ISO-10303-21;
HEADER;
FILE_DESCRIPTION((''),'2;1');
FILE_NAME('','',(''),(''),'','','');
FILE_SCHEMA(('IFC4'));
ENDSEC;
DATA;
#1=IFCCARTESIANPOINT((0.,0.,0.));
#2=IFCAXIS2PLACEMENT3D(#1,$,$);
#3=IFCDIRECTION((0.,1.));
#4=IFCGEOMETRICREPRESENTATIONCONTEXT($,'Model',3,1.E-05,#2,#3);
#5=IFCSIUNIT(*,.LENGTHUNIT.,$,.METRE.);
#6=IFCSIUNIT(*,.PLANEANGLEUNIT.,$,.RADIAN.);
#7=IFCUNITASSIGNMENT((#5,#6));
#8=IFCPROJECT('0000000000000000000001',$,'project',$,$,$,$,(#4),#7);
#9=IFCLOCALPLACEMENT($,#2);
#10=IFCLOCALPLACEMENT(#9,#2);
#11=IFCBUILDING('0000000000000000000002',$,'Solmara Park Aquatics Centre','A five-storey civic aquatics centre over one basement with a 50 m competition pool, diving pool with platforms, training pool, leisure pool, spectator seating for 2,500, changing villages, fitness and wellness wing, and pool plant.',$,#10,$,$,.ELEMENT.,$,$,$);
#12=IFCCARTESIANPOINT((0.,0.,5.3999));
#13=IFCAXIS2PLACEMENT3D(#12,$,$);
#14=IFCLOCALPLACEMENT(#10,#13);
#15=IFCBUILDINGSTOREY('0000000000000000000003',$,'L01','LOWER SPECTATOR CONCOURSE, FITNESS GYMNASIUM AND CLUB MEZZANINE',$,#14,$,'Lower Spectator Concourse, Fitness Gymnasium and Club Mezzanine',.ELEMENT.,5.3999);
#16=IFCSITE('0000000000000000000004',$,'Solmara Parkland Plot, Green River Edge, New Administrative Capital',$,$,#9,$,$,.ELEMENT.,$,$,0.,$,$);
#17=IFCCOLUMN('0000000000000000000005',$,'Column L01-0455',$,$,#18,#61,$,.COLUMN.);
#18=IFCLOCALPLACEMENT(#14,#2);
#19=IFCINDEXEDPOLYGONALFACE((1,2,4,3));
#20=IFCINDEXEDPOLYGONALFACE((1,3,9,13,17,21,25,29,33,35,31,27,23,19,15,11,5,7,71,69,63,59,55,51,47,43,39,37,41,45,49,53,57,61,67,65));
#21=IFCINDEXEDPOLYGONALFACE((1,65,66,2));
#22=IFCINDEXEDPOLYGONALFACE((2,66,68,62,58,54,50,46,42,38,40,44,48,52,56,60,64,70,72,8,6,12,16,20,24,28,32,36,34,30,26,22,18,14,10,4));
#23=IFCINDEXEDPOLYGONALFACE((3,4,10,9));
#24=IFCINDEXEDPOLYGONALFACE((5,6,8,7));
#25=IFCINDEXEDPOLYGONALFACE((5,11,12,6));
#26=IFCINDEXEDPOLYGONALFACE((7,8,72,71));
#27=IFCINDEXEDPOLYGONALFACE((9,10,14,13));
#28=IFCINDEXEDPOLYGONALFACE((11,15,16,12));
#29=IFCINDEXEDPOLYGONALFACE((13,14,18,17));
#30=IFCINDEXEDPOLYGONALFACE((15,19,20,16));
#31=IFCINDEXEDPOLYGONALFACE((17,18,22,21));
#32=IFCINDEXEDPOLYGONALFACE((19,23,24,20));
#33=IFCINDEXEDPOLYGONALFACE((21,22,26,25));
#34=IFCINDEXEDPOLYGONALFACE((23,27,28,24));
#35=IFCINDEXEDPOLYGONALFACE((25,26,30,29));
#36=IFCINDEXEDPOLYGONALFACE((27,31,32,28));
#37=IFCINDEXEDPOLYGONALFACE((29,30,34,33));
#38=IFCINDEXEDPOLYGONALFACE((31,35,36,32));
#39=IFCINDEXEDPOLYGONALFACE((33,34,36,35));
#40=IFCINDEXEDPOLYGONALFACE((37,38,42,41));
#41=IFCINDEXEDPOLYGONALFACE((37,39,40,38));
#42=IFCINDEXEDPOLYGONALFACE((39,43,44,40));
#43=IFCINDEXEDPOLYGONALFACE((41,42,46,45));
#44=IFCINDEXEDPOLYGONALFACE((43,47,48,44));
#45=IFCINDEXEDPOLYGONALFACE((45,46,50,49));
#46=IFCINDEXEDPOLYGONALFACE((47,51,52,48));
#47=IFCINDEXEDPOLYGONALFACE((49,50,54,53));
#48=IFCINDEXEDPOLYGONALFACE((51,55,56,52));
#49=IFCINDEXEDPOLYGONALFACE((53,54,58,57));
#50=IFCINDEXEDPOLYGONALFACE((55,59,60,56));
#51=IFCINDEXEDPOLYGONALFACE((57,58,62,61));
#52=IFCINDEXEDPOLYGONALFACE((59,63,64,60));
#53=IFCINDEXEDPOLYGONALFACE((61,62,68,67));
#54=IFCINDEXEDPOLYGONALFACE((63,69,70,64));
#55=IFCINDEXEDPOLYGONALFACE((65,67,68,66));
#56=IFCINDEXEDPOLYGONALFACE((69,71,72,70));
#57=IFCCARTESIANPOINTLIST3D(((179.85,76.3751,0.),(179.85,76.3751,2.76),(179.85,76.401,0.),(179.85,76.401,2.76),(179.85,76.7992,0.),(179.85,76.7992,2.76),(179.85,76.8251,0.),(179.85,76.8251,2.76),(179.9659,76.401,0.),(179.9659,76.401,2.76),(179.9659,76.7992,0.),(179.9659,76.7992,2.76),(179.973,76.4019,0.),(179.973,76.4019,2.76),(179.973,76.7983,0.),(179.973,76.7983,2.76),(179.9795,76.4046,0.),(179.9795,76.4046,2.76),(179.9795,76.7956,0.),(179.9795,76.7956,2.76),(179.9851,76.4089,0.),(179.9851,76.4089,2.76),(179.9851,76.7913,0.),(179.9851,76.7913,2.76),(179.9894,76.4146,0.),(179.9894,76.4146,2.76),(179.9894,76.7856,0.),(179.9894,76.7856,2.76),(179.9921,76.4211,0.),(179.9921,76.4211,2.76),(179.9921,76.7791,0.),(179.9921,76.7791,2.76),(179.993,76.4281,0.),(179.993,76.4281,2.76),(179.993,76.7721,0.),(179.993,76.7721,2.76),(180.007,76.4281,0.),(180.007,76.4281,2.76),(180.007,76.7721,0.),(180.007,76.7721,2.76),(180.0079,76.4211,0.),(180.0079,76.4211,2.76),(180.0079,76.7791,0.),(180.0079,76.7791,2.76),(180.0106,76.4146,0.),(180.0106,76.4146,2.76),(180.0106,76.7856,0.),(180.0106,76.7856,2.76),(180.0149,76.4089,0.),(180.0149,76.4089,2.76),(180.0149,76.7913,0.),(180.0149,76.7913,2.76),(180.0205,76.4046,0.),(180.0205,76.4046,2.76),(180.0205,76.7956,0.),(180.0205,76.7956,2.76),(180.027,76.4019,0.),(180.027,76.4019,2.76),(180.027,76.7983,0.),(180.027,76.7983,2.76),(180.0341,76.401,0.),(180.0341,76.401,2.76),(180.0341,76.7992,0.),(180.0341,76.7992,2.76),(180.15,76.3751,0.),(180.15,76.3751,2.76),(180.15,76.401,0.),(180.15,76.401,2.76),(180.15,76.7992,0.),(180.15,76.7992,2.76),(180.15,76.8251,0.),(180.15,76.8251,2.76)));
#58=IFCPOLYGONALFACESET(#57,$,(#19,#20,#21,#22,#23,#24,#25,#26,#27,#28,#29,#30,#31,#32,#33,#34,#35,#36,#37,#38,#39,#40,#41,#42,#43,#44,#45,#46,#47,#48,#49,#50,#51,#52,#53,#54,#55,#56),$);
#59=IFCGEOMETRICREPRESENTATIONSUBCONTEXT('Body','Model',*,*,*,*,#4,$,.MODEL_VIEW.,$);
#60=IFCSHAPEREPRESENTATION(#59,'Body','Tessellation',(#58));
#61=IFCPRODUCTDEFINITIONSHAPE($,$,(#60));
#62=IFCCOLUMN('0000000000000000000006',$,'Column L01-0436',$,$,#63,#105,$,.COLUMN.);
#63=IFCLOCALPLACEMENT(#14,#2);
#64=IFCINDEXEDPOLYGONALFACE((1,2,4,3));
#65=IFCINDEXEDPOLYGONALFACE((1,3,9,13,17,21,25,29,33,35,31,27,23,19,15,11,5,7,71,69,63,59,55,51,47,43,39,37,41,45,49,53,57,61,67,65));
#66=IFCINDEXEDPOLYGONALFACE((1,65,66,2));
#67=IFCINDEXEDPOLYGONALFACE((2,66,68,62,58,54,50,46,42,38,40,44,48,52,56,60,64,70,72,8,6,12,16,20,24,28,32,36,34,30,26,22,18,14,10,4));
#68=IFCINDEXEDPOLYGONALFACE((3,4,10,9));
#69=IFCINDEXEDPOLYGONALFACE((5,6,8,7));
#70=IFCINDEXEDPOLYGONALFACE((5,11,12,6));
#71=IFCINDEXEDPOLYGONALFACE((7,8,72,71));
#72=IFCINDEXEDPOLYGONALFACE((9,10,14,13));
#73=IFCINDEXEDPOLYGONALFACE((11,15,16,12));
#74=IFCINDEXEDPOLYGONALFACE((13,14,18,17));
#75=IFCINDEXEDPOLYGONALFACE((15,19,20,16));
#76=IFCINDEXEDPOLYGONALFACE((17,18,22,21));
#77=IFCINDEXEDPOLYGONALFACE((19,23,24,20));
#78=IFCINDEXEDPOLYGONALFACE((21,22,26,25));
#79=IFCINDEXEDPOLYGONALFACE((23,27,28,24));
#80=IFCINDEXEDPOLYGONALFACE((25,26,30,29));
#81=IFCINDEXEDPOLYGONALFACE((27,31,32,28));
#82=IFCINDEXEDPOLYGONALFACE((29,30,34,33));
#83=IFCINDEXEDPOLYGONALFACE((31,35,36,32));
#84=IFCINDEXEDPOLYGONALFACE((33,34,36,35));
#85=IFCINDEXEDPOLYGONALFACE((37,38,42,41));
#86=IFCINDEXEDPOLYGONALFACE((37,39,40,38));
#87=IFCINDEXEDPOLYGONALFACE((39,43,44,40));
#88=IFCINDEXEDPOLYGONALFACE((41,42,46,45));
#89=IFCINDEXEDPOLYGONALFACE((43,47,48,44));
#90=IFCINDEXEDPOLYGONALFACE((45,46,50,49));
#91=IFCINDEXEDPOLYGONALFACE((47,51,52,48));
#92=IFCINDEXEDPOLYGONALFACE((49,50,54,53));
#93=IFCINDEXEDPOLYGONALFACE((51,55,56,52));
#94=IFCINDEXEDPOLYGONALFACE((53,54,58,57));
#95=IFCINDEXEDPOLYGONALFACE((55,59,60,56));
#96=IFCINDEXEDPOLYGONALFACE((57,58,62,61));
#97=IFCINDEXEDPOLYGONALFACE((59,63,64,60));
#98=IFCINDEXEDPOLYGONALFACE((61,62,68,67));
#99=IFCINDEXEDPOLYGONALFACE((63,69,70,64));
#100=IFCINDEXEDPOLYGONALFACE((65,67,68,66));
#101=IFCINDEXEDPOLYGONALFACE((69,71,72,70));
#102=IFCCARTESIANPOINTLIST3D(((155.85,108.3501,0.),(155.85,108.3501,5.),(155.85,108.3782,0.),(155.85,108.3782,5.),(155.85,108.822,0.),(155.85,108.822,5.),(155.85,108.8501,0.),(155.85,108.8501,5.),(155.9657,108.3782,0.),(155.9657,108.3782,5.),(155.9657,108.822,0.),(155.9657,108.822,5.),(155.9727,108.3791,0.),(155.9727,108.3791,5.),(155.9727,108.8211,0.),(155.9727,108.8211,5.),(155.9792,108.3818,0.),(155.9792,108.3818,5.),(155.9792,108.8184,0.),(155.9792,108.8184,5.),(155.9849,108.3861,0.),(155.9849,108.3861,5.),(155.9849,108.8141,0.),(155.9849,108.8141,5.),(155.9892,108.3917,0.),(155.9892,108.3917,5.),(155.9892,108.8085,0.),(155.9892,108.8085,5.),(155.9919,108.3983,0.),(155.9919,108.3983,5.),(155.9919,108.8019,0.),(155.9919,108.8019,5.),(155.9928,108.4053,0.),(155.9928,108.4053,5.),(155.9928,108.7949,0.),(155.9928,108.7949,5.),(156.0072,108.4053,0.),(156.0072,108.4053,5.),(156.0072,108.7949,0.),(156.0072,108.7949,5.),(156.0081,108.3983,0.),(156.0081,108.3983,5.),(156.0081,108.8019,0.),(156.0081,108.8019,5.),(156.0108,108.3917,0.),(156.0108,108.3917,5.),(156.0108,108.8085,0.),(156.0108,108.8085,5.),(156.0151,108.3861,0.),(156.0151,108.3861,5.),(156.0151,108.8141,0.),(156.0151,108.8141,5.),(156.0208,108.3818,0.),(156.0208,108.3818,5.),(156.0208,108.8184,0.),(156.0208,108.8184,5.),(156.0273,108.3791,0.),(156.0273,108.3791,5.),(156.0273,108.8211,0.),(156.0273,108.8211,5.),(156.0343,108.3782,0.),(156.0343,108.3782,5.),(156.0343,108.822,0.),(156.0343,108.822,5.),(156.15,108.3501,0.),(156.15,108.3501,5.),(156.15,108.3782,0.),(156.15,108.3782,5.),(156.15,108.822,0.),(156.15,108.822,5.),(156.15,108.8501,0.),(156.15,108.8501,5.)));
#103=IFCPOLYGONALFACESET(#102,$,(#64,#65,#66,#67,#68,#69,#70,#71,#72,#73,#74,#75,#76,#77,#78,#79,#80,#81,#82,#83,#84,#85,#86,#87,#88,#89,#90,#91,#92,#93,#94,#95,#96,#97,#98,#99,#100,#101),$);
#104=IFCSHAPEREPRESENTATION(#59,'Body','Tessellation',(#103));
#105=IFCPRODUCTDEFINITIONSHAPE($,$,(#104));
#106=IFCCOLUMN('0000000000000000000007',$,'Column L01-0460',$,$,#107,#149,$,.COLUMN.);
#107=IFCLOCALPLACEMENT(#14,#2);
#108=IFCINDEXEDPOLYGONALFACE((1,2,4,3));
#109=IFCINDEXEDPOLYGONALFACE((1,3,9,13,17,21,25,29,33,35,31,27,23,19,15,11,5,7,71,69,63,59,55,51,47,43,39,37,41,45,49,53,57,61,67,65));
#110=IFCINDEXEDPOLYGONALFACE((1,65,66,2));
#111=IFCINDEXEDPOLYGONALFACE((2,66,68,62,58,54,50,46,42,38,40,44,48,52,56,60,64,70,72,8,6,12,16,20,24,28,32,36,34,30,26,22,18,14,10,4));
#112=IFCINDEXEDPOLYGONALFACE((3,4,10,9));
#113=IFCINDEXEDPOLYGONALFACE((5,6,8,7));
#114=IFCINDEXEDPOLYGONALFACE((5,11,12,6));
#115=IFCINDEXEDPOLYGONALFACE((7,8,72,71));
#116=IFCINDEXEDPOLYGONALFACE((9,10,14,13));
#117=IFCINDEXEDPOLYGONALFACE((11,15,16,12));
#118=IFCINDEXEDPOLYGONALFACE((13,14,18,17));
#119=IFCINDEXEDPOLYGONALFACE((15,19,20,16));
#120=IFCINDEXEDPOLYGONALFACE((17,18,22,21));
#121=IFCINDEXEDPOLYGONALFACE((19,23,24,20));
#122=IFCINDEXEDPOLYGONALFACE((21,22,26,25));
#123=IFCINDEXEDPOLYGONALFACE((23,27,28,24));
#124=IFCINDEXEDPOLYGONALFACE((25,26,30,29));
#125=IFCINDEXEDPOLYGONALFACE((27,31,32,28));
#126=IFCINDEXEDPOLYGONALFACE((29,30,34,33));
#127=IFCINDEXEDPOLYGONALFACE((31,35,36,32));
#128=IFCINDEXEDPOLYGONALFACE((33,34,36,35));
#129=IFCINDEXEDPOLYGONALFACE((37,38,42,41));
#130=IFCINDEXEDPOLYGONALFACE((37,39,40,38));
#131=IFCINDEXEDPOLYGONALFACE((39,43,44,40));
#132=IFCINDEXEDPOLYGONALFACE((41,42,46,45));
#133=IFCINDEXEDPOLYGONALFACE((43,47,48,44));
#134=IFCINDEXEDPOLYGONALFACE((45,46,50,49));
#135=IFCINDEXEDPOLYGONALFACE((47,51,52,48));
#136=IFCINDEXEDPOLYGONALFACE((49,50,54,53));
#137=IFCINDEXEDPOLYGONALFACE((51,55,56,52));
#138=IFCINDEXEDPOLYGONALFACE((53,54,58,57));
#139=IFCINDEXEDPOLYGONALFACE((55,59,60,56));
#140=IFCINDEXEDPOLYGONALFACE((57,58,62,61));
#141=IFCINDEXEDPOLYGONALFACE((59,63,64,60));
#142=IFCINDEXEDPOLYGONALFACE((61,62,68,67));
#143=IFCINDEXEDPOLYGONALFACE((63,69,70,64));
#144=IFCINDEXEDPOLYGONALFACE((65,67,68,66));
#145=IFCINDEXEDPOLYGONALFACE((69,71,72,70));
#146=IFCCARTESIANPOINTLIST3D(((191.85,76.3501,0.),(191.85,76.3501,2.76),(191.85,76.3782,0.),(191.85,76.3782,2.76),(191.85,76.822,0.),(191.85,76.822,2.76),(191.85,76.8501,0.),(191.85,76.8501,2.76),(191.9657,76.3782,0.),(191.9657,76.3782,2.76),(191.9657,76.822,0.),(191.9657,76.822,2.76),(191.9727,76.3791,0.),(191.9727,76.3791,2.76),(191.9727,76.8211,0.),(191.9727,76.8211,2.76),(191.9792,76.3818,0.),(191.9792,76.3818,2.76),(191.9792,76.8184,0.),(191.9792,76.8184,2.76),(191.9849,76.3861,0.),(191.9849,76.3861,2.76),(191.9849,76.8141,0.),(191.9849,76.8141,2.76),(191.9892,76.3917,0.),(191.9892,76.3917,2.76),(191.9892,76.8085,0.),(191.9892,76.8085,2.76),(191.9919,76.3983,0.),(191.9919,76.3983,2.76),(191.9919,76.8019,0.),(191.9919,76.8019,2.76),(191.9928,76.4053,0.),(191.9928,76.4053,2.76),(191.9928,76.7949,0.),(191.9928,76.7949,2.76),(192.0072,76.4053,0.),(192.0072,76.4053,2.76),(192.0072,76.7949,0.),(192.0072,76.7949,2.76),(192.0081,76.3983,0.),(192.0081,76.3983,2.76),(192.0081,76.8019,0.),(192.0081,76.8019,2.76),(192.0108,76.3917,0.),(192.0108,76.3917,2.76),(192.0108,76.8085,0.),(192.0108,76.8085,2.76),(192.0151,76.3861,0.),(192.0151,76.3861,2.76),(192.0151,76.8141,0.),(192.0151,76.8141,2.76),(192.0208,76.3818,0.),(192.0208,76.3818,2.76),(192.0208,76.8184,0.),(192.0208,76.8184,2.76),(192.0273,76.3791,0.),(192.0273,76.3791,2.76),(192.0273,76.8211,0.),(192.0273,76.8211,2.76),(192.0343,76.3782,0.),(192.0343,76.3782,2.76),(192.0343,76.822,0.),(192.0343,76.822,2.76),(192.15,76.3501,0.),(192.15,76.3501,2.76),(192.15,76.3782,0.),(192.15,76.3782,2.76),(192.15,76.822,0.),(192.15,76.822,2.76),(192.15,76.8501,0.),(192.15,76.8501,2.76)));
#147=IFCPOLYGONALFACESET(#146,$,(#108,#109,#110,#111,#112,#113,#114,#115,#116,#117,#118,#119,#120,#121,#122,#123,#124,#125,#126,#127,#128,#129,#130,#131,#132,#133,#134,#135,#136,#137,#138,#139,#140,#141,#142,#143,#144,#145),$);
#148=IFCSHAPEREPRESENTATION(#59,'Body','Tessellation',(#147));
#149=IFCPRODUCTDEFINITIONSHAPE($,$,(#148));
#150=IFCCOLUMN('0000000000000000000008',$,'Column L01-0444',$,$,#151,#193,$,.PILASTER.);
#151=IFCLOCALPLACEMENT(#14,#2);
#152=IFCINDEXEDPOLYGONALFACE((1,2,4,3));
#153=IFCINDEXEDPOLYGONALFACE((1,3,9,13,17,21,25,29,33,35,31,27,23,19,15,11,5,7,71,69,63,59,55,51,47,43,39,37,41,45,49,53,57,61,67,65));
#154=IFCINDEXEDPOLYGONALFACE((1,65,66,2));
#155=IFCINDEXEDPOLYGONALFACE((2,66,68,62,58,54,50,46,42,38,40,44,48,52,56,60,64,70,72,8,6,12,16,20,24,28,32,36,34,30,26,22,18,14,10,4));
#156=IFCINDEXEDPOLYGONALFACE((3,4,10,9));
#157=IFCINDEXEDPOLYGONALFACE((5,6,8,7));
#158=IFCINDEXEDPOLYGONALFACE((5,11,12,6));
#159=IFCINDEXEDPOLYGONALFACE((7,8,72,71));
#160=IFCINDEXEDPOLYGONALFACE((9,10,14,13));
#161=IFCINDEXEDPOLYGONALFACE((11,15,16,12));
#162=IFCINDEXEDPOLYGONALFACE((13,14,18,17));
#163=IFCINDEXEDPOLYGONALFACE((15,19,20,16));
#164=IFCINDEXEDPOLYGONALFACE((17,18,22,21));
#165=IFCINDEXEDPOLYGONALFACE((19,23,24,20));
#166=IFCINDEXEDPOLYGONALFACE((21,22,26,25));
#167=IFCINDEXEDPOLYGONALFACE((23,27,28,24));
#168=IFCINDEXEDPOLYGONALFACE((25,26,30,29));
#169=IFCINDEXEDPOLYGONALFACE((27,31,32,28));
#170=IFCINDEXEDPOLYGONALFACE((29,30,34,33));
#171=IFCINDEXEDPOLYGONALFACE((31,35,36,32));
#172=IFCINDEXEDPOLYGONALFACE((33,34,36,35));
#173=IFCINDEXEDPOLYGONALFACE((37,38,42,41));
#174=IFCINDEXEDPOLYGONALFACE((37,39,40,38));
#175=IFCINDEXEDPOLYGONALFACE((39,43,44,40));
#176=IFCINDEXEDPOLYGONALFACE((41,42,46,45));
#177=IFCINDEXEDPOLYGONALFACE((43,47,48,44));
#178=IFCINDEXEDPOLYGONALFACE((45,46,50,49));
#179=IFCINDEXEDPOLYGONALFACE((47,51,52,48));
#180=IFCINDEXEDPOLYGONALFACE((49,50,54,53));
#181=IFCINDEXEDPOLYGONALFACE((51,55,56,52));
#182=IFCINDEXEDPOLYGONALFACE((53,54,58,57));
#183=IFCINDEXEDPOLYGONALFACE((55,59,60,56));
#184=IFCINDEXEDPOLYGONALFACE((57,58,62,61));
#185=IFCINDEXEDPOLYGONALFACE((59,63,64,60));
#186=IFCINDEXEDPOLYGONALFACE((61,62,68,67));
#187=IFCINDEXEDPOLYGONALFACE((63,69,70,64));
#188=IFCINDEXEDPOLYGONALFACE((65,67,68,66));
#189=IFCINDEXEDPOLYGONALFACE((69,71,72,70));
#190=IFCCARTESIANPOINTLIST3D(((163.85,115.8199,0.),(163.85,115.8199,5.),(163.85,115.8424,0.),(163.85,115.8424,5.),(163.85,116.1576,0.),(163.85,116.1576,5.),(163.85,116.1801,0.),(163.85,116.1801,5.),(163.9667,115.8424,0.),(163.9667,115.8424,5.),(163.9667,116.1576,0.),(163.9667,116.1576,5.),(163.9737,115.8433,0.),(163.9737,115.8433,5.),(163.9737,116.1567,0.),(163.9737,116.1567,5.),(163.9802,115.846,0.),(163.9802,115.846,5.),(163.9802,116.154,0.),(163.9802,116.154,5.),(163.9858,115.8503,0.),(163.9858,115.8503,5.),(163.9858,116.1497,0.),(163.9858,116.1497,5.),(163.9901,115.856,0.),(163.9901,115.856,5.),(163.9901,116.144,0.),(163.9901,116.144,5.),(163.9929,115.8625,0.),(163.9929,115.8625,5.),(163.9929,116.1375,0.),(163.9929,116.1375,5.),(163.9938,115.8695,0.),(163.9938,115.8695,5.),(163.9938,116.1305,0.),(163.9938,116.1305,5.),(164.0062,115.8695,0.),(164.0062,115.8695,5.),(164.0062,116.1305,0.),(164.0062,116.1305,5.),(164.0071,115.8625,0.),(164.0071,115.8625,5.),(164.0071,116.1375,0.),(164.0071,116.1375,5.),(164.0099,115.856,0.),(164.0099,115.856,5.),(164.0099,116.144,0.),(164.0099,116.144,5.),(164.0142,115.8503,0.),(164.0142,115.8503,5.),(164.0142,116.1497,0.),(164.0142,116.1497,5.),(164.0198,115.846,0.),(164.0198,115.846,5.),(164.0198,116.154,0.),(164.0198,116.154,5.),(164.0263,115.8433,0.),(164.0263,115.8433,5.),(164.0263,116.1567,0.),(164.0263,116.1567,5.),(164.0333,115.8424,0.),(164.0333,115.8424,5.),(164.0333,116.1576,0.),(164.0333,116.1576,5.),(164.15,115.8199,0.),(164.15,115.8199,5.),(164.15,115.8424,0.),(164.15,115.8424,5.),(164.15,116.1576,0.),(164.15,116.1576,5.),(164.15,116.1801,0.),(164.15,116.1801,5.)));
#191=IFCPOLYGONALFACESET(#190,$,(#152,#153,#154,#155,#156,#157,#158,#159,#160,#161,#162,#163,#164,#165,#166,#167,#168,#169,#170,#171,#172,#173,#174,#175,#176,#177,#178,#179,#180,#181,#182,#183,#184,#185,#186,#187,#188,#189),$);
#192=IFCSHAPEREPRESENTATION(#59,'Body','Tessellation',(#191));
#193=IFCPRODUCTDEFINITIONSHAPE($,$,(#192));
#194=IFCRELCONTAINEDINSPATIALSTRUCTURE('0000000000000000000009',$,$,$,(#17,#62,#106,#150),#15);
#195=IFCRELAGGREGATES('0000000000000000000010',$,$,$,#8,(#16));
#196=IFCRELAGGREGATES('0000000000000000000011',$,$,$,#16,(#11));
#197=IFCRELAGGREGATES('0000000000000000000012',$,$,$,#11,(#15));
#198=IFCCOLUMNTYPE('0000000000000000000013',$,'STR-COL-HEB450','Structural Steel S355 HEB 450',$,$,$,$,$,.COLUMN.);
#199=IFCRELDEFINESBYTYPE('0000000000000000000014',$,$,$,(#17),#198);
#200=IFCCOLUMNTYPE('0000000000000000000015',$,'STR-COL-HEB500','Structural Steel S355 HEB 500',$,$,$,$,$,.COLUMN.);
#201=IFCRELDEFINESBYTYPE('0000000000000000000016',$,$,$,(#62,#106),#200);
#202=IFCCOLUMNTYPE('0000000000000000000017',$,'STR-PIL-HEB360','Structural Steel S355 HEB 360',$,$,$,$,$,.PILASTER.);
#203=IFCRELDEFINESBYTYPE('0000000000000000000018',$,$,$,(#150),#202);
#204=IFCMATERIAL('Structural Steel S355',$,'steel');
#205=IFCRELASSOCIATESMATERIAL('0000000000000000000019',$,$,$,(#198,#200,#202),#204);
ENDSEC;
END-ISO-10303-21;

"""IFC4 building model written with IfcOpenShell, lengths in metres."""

from ifc_helpers import new_model, si_unit, direction, frame, origin, origin_2d, place, context, subcontext, project, spatial, i_section, extrude, material, material_profile, profile_set, type_object, element, save


model = new_model("IFC4")

# Units and contexts
model_context = context("Model", 3, precision=1e-05, world=origin(), true_north=direction((0.0, 1.0)))
body_context = subcontext(model_context, "Body", "Model", "MODEL_VIEW")
ifc_project = project(units=[si_unit("LENGTHUNIT", "METRE"), si_unit("PLANEANGLEUNIT", "RADIAN")], contexts=[model_context])

# Site, building, storey
site_placement = place(None, origin())
site = spatial("IfcSite", under=ifc_project, at=site_placement, Name="Solmara Parkland Plot, Green River Edge, New Administrative Capital", CompositionType="ELEMENT", RefElevation=0.0)
building_placement = place(site_placement, origin())
building = spatial("IfcBuilding", under=site, at=building_placement, Name="Solmara Park Aquatics Centre", Description="A five-storey civic aquatics centre over one basement with a 50 m competition pool, diving pool with platforms, training pool, leisure pool, spectator seating for 2,500, changing villages, fitness and wellness wing, and pool plant.", CompositionType="ELEMENT")
storey_placement = place(building_placement, frame((0.0, 0.0, 5.3999)))
storey = spatial("IfcBuildingStorey", under=building, at=storey_placement, Name="L01", Description="LOWER SPECTATOR CONCOURSE, FITNESS GYMNASIUM AND CLUB MEZZANINE", LongName="Lower Spectator Concourse, Fitness Gymnasium and Club Mezzanine", CompositionType="ELEMENT", Elevation=5.3999)

# Columns
ifc_material_1 = material(Name="Structural Steel S355", Category="steel")
ifc_material_profile_1 = material_profile(ifc_material_1, i_section(OverallWidth=0.3, OverallDepth=0.45, WebThickness=0.0139, FlangeThickness=0.0259, FilletRadius=0.0271, at=origin_2d()), Name="HEB 450")
ifc_profile_set_1 = profile_set([ifc_material_profile_1], Name="Structural Steel S355")
column_type_1 = type_object("IfcColumnType", Name="STR-COL-HEB450", Description="Structural Steel S355 HEB 450", PredefinedType="COLUMN", material=ifc_profile_set_1)
column_1_placement = place(storey_placement, frame((180.0, 76.6001, 0.0), z_axis=(0.0, 0.0, 1.0), x_axis=(1.0, 0.0, 0.0)))
element("IfcColumn", 1, at=column_1_placement, inside=storey, type_object=column_type_1, Name="Column L01-0455", PredefinedType="COLUMN", context=body_context, shape_type="SweptSolid", body=[
    extrude(i_section(OverallWidth=0.3, OverallDepth=0.45, WebThickness=0.0139, FlangeThickness=0.0259, FilletRadius=0.0271, at=origin_2d()), origin(), (0.0, 0.0, 1.0), 2.76),
])
ifc_material_profile_2 = material_profile(ifc_material_1, i_section(OverallWidth=0.3, OverallDepth=0.5, WebThickness=0.0144, FlangeThickness=0.0281, FilletRadius=0.0271, at=origin_2d()), Name="HEB 500")
ifc_profile_set_2 = profile_set([ifc_material_profile_2], Name="Structural Steel S355")
column_type_2 = type_object("IfcColumnType", Name="STR-COL-HEB500", Description="Structural Steel S355 HEB 500", PredefinedType="COLUMN", material=ifc_profile_set_2)
column_2_placement = place(storey_placement, frame((156.0, 108.6001, 0.0), z_axis=(0.0, 0.0, 1.0), x_axis=(1.0, 0.0, 0.0)))
element("IfcColumn", 2, at=column_2_placement, inside=storey, type_object=column_type_2, Name="Column L01-0436", PredefinedType="COLUMN", context=body_context, shape_type="SweptSolid", body=[
    extrude(i_section(OverallWidth=0.3, OverallDepth=0.5, WebThickness=0.0144, FlangeThickness=0.0281, FilletRadius=0.0271, at=origin_2d()), origin(), (0.0, 0.0, 1.0), 5.0),
])
column_3_placement = place(storey_placement, frame((192.0, 76.6001, 0.0), z_axis=(0.0, 0.0, 1.0), x_axis=(1.0, 0.0, 0.0)))
element("IfcColumn", 3, at=column_3_placement, inside=storey, type_object=column_type_2, Name="Column L01-0460", PredefinedType="COLUMN", context=body_context, shape_type="SweptSolid", body=[
    extrude(i_section(OverallWidth=0.3, OverallDepth=0.5, WebThickness=0.0144, FlangeThickness=0.0281, FilletRadius=0.0271, at=origin_2d()), origin(), (0.0, 0.0, 1.0), 2.76),
])
ifc_material_profile_3 = material_profile(ifc_material_1, i_section(OverallWidth=0.3, OverallDepth=0.3601, WebThickness=0.0125, FlangeThickness=0.0225, FilletRadius=0.0271, at=origin_2d()), Name="HEB 360")
ifc_profile_set_3 = profile_set([ifc_material_profile_3], Name="Structural Steel S355")
column_type_3 = type_object("IfcColumnType", Name="STR-PIL-HEB360", Description="Structural Steel S355 HEB 360", PredefinedType="PILASTER", material=ifc_profile_set_3)
column_4_placement = place(storey_placement, frame((164.0, 116.0, 0.0), z_axis=(0.0, 0.0, 1.0), x_axis=(1.0, 0.0, 0.0)))
element("IfcColumn", 4, at=column_4_placement, inside=storey, type_object=column_type_3, Name="Column L01-0444", PredefinedType="PILASTER", context=body_context, shape_type="SweptSolid", body=[
    extrude(i_section(OverallWidth=0.3, OverallDepth=0.3601, WebThickness=0.0125, FlangeThickness=0.0225, FilletRadius=0.0271, at=origin_2d()), origin(), (0.0, 0.0, 1.0), 5.0),
])

save(model, "model.ifc")
